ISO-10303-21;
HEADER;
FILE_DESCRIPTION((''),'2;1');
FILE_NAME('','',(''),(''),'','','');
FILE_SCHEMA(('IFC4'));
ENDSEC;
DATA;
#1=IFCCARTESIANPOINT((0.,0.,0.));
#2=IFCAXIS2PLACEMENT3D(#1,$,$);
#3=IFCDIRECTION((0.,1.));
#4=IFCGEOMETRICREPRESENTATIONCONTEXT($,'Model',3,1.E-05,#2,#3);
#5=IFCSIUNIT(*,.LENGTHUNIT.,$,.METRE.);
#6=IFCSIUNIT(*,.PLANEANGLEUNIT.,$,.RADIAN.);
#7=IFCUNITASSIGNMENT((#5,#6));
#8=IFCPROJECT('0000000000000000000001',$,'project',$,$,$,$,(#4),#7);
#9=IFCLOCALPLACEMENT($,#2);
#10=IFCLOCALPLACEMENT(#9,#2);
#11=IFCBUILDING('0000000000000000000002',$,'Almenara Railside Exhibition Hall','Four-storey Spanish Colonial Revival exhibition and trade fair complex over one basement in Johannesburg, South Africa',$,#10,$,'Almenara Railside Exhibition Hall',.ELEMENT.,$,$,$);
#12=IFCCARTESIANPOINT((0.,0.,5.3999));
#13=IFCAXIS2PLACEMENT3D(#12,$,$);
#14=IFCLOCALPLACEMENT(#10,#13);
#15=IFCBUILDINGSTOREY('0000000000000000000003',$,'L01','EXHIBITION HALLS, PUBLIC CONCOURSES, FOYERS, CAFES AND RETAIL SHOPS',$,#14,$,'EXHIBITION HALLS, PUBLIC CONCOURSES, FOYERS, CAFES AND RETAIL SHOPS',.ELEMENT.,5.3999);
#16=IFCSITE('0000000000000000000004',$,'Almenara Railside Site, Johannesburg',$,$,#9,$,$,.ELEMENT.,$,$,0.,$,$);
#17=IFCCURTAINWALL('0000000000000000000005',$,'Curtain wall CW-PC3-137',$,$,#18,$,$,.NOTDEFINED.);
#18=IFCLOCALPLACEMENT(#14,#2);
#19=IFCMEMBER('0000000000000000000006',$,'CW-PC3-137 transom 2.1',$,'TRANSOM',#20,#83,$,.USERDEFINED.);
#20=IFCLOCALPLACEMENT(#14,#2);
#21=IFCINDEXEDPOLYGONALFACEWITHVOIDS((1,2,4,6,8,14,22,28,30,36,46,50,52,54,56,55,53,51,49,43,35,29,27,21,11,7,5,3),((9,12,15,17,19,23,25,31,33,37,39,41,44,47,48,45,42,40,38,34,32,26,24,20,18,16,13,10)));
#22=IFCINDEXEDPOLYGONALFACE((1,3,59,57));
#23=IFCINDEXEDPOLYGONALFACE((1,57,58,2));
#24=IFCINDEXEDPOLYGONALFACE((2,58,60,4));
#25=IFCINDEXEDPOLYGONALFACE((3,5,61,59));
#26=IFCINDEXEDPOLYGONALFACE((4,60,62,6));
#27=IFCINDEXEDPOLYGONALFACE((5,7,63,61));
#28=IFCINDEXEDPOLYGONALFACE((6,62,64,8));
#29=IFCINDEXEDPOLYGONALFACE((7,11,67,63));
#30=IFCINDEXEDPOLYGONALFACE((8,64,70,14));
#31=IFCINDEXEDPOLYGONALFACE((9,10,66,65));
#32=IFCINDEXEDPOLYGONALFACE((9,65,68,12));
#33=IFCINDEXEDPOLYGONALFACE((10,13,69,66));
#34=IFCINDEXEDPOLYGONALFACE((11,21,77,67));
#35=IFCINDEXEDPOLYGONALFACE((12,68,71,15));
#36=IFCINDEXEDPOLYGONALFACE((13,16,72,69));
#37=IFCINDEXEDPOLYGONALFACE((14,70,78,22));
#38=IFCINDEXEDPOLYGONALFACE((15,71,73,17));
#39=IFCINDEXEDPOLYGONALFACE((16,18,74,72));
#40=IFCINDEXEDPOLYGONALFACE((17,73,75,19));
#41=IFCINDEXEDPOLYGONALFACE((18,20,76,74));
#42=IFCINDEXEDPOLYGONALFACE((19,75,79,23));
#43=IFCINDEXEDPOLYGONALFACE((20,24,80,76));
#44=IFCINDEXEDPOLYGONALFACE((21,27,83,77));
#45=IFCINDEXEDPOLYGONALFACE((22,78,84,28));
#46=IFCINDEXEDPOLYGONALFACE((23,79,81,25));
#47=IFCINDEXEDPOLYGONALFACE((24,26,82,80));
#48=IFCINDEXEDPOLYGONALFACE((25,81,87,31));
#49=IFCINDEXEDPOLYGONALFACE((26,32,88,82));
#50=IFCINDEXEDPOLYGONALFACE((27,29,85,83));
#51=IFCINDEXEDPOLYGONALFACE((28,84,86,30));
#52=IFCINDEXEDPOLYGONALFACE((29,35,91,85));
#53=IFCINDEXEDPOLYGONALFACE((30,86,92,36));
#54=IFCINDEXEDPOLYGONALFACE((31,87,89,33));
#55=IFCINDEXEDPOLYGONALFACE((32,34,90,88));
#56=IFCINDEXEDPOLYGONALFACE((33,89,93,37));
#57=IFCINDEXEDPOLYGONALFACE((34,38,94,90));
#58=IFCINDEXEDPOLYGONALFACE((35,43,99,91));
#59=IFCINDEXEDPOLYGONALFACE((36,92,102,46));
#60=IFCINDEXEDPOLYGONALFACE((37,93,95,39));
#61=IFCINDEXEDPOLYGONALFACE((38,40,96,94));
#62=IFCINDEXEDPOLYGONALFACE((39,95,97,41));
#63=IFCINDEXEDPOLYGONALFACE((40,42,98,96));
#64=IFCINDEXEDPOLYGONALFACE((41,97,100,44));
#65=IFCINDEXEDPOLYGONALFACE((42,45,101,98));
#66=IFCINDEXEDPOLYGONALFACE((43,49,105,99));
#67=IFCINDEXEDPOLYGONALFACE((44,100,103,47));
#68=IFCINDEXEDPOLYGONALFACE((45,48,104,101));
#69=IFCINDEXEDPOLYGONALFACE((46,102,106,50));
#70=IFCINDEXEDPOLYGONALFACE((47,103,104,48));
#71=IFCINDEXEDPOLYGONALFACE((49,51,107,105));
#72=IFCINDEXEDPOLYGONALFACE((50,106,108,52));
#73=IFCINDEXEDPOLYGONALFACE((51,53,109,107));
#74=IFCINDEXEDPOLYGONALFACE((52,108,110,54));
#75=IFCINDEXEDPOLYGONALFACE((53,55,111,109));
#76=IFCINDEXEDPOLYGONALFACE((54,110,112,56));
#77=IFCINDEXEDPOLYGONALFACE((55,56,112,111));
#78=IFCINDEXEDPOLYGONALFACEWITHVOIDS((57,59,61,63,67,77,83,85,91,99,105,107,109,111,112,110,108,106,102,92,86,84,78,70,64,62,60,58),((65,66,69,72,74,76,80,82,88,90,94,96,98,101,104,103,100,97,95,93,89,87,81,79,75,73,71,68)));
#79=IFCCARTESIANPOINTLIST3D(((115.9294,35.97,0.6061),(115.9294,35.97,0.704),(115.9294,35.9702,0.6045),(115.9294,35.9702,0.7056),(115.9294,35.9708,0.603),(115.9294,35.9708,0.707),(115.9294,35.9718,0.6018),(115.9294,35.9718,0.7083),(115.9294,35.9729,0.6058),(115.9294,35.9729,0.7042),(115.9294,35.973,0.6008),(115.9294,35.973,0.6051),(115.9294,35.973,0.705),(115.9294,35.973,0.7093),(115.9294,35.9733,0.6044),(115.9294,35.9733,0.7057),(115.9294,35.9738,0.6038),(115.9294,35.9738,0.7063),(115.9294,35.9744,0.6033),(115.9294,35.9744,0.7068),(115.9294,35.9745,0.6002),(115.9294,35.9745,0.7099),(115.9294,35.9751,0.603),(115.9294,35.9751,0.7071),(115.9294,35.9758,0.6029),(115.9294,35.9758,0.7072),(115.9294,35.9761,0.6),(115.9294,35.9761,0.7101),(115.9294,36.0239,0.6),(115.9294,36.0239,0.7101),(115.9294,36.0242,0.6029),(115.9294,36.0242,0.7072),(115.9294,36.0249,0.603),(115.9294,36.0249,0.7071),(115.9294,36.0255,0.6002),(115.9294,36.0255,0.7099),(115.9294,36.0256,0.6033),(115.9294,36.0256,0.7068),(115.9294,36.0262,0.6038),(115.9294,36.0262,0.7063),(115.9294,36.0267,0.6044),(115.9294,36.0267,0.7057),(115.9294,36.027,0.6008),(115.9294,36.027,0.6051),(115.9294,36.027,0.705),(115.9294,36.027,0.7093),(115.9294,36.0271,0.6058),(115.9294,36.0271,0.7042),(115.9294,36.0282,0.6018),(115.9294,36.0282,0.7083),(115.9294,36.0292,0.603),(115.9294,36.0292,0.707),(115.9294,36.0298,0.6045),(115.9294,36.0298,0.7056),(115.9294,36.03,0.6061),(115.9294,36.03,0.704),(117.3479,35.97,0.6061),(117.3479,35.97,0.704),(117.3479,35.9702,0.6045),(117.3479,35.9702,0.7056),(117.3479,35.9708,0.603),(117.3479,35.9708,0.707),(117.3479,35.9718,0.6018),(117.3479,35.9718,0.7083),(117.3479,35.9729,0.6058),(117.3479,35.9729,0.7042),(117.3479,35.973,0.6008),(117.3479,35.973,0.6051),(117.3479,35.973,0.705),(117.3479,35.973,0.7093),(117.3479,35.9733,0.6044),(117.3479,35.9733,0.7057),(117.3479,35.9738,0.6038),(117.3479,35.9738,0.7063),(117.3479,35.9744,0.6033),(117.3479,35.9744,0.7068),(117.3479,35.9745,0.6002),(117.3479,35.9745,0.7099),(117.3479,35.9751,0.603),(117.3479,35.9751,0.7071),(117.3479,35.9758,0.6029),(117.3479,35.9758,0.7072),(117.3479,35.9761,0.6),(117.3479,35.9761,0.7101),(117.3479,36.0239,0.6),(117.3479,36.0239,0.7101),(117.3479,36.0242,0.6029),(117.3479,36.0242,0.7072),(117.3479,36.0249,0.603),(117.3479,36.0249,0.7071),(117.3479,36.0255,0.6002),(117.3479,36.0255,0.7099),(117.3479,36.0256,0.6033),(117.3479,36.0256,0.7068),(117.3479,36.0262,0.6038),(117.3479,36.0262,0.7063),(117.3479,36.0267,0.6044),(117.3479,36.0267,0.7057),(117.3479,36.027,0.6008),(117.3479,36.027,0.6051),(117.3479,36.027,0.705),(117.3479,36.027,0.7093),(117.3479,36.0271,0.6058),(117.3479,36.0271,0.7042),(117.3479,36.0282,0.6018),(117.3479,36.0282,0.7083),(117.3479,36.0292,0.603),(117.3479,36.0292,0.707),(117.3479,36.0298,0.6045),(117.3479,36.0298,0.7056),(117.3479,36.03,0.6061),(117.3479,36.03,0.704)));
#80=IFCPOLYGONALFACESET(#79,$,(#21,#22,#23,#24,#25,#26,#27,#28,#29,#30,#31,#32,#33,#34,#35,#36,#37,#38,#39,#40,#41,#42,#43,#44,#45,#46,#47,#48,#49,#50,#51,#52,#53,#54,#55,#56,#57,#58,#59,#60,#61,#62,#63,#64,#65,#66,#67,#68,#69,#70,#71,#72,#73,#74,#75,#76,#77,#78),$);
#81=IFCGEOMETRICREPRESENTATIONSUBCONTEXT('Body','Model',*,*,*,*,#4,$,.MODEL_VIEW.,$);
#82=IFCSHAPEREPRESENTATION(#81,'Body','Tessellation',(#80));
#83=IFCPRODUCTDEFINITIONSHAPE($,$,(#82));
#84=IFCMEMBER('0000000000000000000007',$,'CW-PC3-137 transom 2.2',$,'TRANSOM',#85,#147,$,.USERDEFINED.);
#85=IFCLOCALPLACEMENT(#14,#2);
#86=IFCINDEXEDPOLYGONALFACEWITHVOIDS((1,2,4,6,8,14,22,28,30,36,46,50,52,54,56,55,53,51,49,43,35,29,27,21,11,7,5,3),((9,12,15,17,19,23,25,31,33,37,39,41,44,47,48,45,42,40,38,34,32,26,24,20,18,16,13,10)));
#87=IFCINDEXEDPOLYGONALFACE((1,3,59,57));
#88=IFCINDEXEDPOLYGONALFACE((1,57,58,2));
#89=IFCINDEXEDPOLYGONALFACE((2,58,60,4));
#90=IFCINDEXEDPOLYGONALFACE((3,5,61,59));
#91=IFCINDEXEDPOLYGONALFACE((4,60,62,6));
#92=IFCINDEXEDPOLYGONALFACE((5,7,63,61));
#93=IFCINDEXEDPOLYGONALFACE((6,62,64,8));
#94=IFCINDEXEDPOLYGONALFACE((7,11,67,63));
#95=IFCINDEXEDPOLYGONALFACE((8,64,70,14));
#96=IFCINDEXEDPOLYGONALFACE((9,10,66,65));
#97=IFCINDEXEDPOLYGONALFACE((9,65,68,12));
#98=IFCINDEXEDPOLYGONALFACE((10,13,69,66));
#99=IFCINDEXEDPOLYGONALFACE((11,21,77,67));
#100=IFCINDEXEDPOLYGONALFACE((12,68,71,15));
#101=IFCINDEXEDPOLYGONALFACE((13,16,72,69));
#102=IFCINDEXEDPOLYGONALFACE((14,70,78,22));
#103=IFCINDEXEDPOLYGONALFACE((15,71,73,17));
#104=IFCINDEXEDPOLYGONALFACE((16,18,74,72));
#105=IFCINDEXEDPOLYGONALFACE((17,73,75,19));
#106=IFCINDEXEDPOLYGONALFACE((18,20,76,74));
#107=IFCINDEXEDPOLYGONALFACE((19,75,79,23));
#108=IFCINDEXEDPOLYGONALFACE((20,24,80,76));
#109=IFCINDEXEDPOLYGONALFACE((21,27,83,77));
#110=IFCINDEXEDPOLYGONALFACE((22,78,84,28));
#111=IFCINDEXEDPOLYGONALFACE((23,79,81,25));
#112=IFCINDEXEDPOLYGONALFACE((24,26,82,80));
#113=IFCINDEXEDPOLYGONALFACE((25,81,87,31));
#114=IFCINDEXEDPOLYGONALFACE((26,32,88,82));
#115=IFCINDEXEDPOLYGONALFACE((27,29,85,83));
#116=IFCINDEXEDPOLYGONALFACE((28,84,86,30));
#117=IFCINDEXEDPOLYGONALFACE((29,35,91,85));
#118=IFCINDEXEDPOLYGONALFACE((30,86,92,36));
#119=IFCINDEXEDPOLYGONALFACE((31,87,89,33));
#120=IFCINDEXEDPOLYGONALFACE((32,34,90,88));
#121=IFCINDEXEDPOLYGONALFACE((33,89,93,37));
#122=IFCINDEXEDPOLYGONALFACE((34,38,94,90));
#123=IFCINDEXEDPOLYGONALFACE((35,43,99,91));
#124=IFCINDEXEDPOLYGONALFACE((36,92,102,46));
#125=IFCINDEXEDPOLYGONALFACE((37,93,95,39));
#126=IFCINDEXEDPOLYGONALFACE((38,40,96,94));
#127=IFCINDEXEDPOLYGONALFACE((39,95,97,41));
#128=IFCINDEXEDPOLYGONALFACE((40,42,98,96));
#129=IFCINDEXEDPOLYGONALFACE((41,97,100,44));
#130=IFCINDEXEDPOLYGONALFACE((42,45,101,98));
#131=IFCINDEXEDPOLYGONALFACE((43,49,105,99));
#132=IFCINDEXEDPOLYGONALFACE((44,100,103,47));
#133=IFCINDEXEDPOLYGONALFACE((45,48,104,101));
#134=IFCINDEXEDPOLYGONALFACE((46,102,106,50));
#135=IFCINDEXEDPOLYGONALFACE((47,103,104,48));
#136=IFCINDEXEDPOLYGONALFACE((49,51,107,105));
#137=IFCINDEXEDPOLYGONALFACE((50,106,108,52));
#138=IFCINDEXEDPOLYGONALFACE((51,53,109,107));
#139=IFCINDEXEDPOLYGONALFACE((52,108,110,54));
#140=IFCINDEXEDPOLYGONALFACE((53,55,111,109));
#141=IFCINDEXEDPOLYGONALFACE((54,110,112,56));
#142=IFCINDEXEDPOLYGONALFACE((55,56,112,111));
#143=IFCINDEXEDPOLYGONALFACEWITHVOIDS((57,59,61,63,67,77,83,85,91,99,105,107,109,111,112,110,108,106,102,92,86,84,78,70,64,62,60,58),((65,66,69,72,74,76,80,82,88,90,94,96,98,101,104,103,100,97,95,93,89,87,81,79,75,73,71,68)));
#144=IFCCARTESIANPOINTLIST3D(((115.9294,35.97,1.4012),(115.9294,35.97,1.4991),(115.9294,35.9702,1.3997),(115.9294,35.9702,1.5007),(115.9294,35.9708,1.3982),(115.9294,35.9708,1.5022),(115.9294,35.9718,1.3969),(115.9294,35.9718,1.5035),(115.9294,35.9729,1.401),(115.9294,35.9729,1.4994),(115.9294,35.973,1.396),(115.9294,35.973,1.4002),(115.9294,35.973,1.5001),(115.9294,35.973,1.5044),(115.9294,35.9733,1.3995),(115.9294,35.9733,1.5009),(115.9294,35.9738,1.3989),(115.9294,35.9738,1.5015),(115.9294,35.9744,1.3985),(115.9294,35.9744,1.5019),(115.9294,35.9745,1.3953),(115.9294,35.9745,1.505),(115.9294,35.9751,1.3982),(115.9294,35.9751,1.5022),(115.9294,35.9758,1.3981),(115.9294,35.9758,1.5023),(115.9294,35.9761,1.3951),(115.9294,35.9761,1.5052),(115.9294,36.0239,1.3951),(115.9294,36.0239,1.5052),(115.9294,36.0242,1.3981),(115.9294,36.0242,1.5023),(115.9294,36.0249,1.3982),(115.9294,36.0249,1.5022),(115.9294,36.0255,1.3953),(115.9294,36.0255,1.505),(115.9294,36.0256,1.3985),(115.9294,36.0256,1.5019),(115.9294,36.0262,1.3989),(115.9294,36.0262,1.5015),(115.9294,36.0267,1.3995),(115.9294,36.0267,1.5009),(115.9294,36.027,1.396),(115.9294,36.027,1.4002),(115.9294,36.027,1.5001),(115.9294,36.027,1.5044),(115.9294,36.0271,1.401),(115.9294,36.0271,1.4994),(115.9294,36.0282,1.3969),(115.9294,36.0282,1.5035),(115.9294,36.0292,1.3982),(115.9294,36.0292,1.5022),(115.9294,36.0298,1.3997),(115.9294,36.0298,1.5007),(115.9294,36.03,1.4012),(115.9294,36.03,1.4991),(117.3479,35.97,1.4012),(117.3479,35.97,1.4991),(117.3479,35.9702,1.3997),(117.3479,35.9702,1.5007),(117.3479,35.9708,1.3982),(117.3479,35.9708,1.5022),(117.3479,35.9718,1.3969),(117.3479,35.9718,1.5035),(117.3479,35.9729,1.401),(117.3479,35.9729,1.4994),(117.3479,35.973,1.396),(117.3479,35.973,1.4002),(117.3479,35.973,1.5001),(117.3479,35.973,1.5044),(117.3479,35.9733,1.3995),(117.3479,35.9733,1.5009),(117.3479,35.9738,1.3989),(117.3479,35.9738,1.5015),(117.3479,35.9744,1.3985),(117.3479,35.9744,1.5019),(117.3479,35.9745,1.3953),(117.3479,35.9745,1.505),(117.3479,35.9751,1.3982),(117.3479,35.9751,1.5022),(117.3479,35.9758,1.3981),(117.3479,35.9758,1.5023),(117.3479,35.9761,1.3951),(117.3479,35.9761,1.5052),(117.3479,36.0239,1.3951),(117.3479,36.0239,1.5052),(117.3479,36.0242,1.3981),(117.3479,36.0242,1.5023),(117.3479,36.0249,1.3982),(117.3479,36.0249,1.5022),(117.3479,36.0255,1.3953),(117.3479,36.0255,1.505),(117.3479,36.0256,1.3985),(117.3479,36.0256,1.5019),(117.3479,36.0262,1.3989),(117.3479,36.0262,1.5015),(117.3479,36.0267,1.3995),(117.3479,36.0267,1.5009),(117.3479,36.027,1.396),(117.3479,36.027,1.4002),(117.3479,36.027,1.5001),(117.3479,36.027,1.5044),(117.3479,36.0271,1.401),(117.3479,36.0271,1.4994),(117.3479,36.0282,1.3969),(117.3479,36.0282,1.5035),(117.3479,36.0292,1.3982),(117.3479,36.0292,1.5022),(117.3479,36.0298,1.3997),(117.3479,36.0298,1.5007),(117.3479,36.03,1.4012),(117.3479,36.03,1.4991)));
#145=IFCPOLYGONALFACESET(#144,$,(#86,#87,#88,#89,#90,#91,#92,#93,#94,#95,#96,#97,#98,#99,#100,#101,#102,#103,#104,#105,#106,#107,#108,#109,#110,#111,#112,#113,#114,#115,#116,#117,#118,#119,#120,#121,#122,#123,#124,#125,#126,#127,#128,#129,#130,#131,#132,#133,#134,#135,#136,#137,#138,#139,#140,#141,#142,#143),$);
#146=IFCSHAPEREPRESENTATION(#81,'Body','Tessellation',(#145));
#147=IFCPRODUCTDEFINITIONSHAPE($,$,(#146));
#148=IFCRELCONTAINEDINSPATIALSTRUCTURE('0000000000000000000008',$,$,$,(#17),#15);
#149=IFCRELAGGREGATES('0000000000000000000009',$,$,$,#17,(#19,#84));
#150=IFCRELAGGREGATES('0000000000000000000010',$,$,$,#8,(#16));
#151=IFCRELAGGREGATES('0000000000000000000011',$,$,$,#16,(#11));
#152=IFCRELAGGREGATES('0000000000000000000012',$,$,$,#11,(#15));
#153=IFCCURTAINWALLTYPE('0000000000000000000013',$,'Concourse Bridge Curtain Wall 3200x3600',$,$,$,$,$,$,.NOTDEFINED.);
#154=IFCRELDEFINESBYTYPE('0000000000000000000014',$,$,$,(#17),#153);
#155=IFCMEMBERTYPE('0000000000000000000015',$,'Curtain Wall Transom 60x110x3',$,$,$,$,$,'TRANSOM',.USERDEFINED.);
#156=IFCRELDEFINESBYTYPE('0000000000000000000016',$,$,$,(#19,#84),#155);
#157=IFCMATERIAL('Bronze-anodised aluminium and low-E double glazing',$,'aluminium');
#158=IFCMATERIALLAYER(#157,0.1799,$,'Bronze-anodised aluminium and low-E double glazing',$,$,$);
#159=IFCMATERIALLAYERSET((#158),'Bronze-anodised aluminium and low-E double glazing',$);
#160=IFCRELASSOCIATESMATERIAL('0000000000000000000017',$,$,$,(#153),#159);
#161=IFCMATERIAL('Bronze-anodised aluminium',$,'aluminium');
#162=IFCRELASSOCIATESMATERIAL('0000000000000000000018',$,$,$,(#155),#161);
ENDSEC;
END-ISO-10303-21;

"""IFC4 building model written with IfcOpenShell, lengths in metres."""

from ifc_helpers import new_model, si_unit, direction, frame, origin, origin_2d, place, context, subcontext, project, spatial, hollow_rectangle, extrude, material, layer, layer_set, material_profile, profile_set, type_object, element, aggregate, save


model = new_model("IFC4")

# Units and contexts
model_context = context("Model", 3, precision=1e-05, world=origin(), true_north=direction((0.0, 1.0)))
body_context = subcontext(model_context, "Body", "Model", "MODEL_VIEW")
ifc_project = project(units=[si_unit("LENGTHUNIT", "METRE"), si_unit("PLANEANGLEUNIT", "RADIAN")], contexts=[model_context])

# Site, building, storey
site_placement = place(None, origin())
site = spatial("IfcSite", under=ifc_project, at=site_placement, Name="Almenara Railside Site, Johannesburg", CompositionType="ELEMENT", RefElevation=0.0)
building_placement = place(site_placement, origin())
building = spatial("IfcBuilding", under=site, at=building_placement, Name="Almenara Railside Exhibition Hall", Description="Four-storey Spanish Colonial Revival exhibition and trade fair complex over one basement in Johannesburg, South Africa", LongName="Almenara Railside Exhibition Hall", CompositionType="ELEMENT")
storey_placement = place(building_placement, frame((0.0, 0.0, 5.3999)))
storey = spatial("IfcBuildingStorey", under=building, at=storey_placement, Name="L01", Description="EXHIBITION HALLS, PUBLIC CONCOURSES, FOYERS, CAFES AND RETAIL SHOPS", LongName="EXHIBITION HALLS, PUBLIC CONCOURSES, FOYERS, CAFES AND RETAIL SHOPS", CompositionType="ELEMENT", Elevation=5.3999)

# Curtain wall
ifc_material_1 = material(Name="Bronze-anodised aluminium and low-E double glazing", Category="aluminium")
ifc_layer_1 = layer(ifc_material_1, 0.1799, Name="Bronze-anodised aluminium and low-E double glazing")
ifc_layer_set_1 = layer_set([ifc_layer_1], Name="Bronze-anodised aluminium and low-E double glazing")
curtain_wall_type_1 = type_object("IfcCurtainWallType", Name="Concourse Bridge Curtain Wall 3200x3600", PredefinedType="NOTDEFINED", material=ifc_layer_set_1)
curtain_wall_1_placement = place(storey_placement, origin())
curtain_wall_1 = element("IfcCurtainWall", 1, at=curtain_wall_1_placement, inside=storey, type_object=curtain_wall_type_1, Name="Curtain wall CW-PC3-137", PredefinedType="NOTDEFINED")
ifc_material_2 = material(Name="Bronze-anodised aluminium", Category="aluminium")

# Members
ifc_material_profile_1 = material_profile(ifc_material_2, hollow_rectangle(XDim=0.0601, YDim=0.1101, WallThickness=0.0029, InnerFilletRadius=0.0029, OuterFilletRadius=0.0061, at=origin_2d()), Name="ALU-TRN 60x110x3")
ifc_profile_set_1 = profile_set([ifc_material_profile_1], Name="Bronze-anodised aluminium")
member_type_1 = type_object("IfcMemberType", Name="Curtain Wall Transom 60x110x3", ElementType="TRANSOM", PredefinedType="USERDEFINED", material=ifc_profile_set_1)
member_1_placement = place(storey_placement, frame((115.9294, 36.0, 0.655), z_axis=(1.0, 0.0, 0.0), x_axis=(0.0, 1.0, 0.0)))
member_1 = element("IfcMember", 2, at=member_1_placement, type_object=member_type_1, Name="CW-PC3-137 transom 2.1", ObjectType="TRANSOM", PredefinedType="USERDEFINED", context=body_context, shape_type="SweptSolid", body=[
    extrude(hollow_rectangle(XDim=0.0601, YDim=0.1101, WallThickness=0.0029, InnerFilletRadius=0.0029, OuterFilletRadius=0.0061, at=origin_2d()), origin(), (0.0, 0.0, 1.0), 1.4185),
])
member_2_placement = place(storey_placement, frame((115.9294, 36.0, 1.4502), z_axis=(1.0, 0.0, 0.0), x_axis=(0.0, 1.0, 0.0)))
member_2 = element("IfcMember", 3, at=member_2_placement, type_object=member_type_1, Name="CW-PC3-137 transom 2.2", ObjectType="TRANSOM", PredefinedType="USERDEFINED", context=body_context, shape_type="SweptSolid", body=[
    extrude(hollow_rectangle(XDim=0.0601, YDim=0.1101, WallThickness=0.0029, InnerFilletRadius=0.0029, OuterFilletRadius=0.0061, at=origin_2d()), origin(), (0.0, 0.0, 1.0), 1.4185),
])

aggregate(curtain_wall_1, [member_1, member_2])

save(model, "model.ifc")
